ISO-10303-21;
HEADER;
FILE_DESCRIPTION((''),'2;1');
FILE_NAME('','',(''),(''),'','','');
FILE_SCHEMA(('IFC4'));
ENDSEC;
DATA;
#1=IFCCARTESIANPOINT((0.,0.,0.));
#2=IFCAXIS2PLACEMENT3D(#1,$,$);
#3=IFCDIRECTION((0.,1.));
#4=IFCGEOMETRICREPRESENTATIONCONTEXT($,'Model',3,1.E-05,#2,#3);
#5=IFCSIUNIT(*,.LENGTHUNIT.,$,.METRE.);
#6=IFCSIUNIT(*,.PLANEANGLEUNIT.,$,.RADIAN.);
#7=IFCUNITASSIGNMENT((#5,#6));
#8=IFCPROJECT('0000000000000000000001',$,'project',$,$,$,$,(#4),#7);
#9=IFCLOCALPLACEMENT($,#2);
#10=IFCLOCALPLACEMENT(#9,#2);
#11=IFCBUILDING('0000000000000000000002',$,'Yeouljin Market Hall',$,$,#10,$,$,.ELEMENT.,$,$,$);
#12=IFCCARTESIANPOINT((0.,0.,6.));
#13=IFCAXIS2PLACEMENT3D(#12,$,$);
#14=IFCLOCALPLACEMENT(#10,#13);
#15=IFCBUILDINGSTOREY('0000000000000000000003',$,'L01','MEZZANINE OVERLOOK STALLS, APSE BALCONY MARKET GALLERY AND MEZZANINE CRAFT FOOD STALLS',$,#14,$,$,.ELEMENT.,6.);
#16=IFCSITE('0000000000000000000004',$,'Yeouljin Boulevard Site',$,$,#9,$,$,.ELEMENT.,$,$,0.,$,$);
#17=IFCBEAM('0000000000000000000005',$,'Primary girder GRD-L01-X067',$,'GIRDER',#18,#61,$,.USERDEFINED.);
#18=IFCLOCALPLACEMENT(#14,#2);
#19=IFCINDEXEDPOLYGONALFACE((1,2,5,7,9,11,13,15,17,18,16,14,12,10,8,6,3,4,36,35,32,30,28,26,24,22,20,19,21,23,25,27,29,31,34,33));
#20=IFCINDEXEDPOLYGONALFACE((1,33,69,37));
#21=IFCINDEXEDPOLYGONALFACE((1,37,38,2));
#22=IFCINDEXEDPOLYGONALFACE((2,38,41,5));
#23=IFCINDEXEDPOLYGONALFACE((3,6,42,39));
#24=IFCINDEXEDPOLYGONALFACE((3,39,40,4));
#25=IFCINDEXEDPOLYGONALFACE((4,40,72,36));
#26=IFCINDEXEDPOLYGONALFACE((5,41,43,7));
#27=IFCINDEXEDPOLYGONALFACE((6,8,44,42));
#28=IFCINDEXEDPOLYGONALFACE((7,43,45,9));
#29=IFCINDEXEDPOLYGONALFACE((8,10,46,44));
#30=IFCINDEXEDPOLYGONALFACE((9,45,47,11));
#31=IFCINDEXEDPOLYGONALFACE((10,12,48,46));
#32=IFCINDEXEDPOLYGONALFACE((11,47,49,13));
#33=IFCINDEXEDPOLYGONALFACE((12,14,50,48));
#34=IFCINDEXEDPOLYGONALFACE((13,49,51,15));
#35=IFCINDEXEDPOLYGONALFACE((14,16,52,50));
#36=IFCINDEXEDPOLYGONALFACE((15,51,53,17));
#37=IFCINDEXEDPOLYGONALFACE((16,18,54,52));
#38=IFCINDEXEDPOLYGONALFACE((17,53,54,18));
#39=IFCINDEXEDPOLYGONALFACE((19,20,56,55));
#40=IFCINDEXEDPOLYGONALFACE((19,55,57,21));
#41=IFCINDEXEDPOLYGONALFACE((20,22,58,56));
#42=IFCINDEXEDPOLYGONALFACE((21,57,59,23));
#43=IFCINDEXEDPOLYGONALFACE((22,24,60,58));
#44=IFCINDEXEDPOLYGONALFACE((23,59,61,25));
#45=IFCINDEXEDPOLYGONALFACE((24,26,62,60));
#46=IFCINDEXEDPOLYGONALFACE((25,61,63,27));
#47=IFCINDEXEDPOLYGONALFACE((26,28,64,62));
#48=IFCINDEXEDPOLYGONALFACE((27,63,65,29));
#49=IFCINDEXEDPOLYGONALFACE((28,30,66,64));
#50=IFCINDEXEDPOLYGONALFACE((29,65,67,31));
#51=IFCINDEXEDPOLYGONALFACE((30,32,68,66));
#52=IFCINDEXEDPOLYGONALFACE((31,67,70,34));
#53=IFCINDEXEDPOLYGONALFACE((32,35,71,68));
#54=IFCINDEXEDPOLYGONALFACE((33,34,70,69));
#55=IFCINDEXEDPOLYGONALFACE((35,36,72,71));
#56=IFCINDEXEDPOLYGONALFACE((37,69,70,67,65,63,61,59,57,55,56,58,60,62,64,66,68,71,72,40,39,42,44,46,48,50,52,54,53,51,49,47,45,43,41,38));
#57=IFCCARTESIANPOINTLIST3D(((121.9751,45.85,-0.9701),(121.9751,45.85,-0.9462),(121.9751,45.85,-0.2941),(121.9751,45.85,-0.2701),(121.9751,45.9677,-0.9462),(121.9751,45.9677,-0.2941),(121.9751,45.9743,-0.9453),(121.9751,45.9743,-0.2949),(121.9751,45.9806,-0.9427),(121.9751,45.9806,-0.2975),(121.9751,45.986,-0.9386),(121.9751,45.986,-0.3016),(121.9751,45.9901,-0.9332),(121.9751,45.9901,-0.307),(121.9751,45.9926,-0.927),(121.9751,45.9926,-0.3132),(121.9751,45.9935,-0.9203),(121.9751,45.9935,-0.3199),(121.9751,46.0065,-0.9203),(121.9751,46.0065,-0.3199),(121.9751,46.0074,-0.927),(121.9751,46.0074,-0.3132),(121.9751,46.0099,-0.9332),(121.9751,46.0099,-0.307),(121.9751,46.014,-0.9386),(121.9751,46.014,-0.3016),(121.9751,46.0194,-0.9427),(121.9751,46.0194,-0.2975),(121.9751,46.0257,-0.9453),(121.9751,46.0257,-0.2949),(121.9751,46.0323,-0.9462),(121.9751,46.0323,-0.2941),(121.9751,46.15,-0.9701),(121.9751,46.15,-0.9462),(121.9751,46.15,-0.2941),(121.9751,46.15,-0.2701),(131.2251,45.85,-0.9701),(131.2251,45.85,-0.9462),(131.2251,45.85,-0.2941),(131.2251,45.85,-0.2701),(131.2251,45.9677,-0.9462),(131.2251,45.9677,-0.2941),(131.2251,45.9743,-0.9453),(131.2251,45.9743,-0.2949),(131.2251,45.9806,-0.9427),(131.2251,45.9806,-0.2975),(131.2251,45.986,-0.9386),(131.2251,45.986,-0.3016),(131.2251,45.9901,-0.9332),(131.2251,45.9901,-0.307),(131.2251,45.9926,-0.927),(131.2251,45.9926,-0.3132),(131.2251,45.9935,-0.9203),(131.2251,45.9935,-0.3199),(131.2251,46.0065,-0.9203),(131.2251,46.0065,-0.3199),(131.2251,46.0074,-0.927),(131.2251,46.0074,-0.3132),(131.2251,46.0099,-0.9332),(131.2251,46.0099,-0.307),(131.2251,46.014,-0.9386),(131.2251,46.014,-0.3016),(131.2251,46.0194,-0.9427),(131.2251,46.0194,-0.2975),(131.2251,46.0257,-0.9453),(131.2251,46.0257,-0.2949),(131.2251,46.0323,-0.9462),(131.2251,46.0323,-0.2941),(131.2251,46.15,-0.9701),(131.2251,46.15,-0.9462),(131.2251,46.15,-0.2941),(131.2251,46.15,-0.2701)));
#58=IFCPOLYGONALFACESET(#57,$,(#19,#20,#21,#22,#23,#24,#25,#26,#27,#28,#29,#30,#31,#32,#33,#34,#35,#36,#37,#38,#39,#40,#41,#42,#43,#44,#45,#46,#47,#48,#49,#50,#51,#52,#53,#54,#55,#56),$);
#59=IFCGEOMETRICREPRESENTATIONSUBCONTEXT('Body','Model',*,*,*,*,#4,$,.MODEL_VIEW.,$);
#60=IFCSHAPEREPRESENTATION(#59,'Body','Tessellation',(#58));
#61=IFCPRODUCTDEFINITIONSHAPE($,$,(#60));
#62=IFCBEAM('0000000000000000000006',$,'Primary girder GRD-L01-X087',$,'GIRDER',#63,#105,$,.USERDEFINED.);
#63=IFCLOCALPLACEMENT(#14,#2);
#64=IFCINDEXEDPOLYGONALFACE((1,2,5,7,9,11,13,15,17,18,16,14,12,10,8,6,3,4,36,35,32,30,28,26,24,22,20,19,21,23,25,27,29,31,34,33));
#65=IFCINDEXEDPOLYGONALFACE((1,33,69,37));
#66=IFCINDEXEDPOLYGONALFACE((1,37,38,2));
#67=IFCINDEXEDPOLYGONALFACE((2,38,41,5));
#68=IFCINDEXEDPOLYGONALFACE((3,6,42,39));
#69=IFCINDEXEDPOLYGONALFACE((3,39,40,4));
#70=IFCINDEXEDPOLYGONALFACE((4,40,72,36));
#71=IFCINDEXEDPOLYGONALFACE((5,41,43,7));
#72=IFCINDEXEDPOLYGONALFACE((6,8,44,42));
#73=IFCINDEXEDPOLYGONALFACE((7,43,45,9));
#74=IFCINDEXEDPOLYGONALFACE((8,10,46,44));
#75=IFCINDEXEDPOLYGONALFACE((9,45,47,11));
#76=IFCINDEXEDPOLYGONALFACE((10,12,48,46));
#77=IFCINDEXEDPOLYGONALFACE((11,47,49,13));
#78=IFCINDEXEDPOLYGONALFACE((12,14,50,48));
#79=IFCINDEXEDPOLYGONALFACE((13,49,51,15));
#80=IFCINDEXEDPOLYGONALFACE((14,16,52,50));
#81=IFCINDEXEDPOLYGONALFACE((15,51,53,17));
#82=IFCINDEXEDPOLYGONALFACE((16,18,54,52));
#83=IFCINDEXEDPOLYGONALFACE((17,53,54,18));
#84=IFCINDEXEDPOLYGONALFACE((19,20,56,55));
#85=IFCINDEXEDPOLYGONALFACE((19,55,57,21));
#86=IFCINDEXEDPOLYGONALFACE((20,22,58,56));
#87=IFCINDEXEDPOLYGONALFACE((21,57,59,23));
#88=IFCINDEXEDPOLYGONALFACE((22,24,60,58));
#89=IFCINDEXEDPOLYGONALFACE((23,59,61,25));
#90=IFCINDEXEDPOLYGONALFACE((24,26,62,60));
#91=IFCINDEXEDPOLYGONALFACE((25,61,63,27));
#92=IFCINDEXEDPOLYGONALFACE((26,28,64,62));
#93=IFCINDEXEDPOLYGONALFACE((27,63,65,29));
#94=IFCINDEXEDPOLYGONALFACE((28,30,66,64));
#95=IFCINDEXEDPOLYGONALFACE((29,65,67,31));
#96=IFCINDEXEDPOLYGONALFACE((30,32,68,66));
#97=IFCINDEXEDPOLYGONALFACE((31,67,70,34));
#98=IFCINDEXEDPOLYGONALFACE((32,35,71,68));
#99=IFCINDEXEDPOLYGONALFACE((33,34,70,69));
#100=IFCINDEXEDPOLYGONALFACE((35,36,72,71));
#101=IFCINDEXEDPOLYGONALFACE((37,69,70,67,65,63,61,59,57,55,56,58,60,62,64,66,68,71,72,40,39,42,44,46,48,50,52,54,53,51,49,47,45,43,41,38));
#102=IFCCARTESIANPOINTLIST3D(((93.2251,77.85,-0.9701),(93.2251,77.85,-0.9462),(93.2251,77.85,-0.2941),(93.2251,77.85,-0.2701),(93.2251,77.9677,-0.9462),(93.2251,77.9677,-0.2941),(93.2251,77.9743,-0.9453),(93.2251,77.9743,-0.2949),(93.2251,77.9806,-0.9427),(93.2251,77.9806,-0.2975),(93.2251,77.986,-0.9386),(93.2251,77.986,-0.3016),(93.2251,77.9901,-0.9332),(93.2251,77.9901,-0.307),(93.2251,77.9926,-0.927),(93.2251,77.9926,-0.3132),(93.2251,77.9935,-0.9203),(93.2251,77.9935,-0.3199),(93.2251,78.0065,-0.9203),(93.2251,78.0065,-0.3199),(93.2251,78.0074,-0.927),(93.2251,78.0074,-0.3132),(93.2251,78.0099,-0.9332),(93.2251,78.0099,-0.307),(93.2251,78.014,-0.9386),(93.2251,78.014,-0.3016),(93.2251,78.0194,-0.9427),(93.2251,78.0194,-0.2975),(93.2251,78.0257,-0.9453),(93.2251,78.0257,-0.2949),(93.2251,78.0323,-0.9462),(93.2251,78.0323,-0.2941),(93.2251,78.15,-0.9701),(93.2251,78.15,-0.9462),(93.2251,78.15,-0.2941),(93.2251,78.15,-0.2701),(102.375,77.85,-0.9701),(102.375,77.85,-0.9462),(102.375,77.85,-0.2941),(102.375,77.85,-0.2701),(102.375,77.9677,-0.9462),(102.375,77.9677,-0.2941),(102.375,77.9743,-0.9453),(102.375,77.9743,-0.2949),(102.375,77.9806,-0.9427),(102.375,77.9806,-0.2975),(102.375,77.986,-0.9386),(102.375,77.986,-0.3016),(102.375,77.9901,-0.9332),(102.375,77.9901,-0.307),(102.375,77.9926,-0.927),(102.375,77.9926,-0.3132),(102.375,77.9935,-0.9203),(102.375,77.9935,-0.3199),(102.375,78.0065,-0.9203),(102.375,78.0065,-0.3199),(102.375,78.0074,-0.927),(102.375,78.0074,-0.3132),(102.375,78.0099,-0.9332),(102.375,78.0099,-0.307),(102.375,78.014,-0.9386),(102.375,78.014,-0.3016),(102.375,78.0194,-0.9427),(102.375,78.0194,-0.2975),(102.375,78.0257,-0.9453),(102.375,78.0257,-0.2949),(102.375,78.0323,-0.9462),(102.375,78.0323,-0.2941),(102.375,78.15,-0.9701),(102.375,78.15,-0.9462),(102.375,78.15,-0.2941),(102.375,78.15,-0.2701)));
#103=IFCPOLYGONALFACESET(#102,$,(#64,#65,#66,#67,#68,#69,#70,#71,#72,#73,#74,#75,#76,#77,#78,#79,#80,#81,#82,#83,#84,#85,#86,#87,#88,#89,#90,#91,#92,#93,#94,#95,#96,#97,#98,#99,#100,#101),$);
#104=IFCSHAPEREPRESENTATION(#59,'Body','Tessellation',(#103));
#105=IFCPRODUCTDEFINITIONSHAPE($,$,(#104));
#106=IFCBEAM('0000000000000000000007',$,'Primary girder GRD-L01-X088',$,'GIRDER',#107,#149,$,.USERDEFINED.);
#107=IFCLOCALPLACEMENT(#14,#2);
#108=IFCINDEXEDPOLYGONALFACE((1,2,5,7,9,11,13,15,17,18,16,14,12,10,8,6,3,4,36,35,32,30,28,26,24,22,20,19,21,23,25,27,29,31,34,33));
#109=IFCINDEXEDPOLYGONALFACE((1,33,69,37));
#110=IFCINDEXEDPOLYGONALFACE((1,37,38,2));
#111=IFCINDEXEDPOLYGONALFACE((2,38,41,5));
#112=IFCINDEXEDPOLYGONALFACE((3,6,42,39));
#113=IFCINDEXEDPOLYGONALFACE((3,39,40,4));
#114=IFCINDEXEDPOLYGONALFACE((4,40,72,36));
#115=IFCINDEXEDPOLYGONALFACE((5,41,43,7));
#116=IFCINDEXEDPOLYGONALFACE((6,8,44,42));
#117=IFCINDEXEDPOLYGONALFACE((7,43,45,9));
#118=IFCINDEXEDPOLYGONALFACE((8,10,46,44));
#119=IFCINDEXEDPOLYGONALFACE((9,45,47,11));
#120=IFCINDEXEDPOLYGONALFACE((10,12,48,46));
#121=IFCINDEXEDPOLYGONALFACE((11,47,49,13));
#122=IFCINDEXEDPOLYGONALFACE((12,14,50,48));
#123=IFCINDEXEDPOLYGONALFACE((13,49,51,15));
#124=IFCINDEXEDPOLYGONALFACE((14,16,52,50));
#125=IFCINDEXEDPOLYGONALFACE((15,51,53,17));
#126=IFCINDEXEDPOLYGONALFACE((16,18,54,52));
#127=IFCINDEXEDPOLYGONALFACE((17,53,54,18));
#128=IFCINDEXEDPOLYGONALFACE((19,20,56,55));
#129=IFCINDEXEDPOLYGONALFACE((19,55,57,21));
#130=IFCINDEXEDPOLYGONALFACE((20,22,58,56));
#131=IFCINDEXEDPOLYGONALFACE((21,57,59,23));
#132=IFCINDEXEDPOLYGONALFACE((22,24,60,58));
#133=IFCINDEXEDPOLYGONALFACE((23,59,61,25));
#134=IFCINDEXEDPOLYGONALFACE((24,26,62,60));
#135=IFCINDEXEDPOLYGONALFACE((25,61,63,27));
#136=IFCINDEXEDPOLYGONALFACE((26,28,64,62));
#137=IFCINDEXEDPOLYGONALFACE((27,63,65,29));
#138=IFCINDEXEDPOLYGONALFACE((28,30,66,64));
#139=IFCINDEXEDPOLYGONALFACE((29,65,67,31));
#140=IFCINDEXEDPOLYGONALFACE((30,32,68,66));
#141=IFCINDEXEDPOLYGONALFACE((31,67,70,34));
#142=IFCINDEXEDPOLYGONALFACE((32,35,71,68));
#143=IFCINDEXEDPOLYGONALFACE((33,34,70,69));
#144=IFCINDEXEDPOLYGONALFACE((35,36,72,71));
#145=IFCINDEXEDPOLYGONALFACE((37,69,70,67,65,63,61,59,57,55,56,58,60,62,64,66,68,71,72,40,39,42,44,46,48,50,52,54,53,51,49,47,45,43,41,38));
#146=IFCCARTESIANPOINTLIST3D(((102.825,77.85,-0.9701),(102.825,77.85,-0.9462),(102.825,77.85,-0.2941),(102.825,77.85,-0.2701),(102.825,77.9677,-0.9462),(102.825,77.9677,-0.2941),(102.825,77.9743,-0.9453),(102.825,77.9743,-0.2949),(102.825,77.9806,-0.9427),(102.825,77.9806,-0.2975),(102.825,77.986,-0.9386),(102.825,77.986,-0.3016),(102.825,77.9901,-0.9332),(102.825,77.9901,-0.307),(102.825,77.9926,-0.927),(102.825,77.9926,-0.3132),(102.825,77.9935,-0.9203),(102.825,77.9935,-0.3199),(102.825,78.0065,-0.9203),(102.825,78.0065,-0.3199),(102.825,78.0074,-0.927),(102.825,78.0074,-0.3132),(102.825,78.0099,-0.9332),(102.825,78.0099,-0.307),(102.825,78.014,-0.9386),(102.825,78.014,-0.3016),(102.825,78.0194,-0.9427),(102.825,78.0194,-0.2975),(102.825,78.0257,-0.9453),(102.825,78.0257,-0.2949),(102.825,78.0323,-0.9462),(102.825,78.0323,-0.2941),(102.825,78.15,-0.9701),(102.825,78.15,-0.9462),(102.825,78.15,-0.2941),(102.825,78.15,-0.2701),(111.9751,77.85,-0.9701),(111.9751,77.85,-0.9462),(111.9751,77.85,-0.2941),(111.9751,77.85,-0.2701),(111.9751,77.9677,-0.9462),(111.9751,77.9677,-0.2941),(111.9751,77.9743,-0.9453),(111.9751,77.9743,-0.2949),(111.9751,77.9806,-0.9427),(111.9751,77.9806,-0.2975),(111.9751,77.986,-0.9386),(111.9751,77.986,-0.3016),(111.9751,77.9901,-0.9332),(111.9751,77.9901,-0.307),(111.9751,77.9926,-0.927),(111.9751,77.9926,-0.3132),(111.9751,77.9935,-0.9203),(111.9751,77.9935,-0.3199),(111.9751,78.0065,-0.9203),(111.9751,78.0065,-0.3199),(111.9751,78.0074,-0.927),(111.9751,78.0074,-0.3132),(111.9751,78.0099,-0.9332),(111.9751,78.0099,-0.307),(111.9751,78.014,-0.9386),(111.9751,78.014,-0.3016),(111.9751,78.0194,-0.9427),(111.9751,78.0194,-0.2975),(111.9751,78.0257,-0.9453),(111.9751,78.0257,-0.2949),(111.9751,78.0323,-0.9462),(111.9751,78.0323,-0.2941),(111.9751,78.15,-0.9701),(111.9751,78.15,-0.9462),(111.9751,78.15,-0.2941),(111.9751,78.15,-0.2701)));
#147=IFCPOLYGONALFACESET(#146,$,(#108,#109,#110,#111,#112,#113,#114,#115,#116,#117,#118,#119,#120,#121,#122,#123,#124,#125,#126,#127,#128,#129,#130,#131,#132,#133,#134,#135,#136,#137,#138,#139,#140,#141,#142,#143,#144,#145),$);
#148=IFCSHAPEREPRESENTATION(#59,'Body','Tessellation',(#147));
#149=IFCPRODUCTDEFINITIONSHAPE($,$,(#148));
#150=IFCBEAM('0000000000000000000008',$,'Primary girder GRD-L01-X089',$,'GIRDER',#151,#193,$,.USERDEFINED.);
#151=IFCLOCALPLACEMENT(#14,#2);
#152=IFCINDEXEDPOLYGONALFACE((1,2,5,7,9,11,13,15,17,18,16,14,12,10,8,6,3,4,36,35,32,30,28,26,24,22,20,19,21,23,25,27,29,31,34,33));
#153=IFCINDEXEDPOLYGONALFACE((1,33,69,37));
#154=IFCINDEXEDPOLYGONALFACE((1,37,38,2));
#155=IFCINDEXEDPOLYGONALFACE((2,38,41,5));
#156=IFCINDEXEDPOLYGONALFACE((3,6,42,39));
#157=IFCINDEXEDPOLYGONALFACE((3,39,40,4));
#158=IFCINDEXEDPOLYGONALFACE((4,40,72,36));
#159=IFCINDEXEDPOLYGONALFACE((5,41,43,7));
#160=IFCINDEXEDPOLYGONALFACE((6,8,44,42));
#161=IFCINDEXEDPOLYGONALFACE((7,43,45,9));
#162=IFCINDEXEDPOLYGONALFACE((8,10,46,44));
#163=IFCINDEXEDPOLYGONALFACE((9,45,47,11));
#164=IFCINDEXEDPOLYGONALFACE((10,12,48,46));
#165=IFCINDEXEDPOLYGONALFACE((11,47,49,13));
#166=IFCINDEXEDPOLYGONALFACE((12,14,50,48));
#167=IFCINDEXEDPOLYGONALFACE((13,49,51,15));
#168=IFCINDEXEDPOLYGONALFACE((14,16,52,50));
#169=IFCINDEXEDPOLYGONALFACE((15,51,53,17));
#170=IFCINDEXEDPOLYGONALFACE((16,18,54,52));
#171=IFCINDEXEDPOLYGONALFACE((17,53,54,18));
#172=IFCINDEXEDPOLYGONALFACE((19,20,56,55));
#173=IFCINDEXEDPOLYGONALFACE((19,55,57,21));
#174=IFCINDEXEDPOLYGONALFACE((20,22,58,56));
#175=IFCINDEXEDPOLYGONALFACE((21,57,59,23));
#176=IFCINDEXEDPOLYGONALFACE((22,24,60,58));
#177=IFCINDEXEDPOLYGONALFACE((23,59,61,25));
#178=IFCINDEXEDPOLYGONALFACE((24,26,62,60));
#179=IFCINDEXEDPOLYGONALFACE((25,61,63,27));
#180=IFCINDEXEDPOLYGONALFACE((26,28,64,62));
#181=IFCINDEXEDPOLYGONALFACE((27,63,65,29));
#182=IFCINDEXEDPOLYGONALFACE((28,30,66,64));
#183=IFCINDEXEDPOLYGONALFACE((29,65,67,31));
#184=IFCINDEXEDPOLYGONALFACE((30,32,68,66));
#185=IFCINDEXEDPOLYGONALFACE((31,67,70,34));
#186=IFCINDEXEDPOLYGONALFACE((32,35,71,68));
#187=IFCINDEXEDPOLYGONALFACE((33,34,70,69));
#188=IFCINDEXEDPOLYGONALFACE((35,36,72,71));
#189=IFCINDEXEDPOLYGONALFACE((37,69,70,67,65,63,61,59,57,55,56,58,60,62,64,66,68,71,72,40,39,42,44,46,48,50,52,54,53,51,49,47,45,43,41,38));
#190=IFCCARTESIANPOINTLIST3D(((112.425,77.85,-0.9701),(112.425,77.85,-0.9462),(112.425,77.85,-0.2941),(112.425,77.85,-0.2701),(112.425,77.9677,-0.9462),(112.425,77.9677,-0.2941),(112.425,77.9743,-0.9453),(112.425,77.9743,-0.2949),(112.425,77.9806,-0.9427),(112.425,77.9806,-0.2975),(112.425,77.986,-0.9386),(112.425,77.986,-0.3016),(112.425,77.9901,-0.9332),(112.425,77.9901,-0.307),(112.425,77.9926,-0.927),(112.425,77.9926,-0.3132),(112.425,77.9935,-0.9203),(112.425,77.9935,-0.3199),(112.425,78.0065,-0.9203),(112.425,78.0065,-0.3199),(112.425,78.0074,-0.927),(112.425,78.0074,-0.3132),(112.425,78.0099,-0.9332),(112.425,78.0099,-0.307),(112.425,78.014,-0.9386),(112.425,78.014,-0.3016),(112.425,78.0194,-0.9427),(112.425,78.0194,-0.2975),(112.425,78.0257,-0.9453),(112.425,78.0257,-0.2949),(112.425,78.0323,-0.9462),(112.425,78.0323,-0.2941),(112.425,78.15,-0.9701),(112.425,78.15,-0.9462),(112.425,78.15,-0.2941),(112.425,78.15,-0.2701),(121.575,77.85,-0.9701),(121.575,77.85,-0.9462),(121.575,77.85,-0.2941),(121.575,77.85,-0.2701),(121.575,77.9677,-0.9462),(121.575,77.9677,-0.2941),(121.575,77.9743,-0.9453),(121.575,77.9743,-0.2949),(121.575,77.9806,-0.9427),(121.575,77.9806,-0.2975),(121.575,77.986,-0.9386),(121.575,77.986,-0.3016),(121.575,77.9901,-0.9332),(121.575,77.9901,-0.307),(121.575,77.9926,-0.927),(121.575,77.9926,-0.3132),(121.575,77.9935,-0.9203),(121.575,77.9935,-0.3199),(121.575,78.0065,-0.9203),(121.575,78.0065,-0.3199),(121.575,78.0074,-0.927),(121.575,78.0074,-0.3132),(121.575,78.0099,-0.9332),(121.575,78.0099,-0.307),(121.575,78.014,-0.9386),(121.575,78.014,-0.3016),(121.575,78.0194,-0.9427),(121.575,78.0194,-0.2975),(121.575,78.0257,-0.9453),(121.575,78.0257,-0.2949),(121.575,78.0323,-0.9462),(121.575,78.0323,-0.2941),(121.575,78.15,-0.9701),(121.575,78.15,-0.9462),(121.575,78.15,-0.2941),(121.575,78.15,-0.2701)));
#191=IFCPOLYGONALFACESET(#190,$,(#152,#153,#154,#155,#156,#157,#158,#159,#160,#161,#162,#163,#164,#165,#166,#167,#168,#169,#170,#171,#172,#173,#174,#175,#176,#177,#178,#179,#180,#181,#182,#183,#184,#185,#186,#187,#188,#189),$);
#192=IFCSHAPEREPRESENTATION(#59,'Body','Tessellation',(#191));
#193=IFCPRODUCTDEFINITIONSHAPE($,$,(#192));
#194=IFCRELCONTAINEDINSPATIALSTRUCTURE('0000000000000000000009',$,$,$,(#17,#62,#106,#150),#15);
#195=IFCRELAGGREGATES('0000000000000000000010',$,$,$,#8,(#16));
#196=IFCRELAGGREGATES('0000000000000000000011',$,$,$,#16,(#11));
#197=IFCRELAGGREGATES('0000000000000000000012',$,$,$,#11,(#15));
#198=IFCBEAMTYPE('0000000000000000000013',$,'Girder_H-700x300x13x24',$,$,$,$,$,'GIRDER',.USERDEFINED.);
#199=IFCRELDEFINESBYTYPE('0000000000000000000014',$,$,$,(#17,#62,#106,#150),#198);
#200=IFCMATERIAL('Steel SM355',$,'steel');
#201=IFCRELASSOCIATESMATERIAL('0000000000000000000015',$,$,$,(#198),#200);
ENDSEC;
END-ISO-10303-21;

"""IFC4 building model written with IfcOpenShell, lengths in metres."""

from ifc_helpers import new_model, si_unit, direction, frame, origin, origin_2d, place, context, subcontext, project, spatial, i_section, extrude, material, material_profile, profile_set, type_object, element, save


model = new_model("IFC4")

# Units and contexts
model_context = context("Model", 3, precision=1e-05, world=origin(), true_north=direction((0.0, 1.0)))
body_context = subcontext(model_context, "Body", "Model", "MODEL_VIEW")
ifc_project = project(units=[si_unit("LENGTHUNIT", "METRE"), si_unit("PLANEANGLEUNIT", "RADIAN")], contexts=[model_context])

# Site, building, storey
site_placement = place(None, origin())
site = spatial("IfcSite", under=ifc_project, at=site_placement, Name="Yeouljin Boulevard Site", CompositionType="ELEMENT", RefElevation=0.0)
building_placement = place(site_placement, origin())
building = spatial("IfcBuilding", under=site, at=building_placement, Name="Yeouljin Market Hall", CompositionType="ELEMENT")
storey_placement = place(building_placement, frame((0.0, 0.0, 6.0)))
storey = spatial("IfcBuildingStorey", under=building, at=storey_placement, Name="L01", Description="MEZZANINE OVERLOOK STALLS, APSE BALCONY MARKET GALLERY AND MEZZANINE CRAFT FOOD STALLS", CompositionType="ELEMENT", Elevation=6.0)

# Beams
ifc_material_1 = material(Name="Steel SM355", Category="steel")
ifc_material_profile_1 = material_profile(ifc_material_1, i_section(OverallWidth=0.3, OverallDepth=0.7, WebThickness=0.0129, FlangeThickness=0.0239, FilletRadius=0.0259, at=origin_2d()), Name="H-700x300x13x24")
ifc_profile_set_1 = profile_set([ifc_material_profile_1], Name="Steel SM355")
beam_type_1 = type_object("IfcBeamType", Name="Girder_H-700x300x13x24", ElementType="GIRDER", PredefinedType="USERDEFINED", material=ifc_profile_set_1)
beam_1_placement = place(storey_placement, frame((121.9751, 46.0, -0.6201), z_axis=(1.0, 0.0, 0.0), x_axis=(0.0, 1.0, 0.0)))
element("IfcBeam", 1, at=beam_1_placement, inside=storey, type_object=beam_type_1, Name="Primary girder GRD-L01-X067", ObjectType="GIRDER", PredefinedType="USERDEFINED", context=body_context, shape_type="SweptSolid", body=[
    extrude(i_section(OverallWidth=0.3, OverallDepth=0.7, WebThickness=0.0129, FlangeThickness=0.0239, FilletRadius=0.0259, at=origin_2d()), origin(), (0.0, 0.0, 1.0), 9.25),
])
beam_2_placement = place(storey_placement, frame((93.2251, 78.0, -0.6201), z_axis=(1.0, 0.0, 0.0), x_axis=(0.0, 1.0, 0.0)))
element("IfcBeam", 2, at=beam_2_placement, inside=storey, type_object=beam_type_1, Name="Primary girder GRD-L01-X087", ObjectType="GIRDER", PredefinedType="USERDEFINED", context=body_context, shape_type="SweptSolid", body=[
    extrude(i_section(OverallWidth=0.3, OverallDepth=0.7, WebThickness=0.0129, FlangeThickness=0.0239, FilletRadius=0.0259, at=origin_2d()), origin(), (0.0, 0.0, 1.0), 9.1499),
])
beam_3_placement = place(storey_placement, frame((102.825, 78.0, -0.6201), z_axis=(1.0, 0.0, 0.0), x_axis=(0.0, 1.0, 0.0)))
element("IfcBeam", 3, at=beam_3_placement, inside=storey, type_object=beam_type_1, Name="Primary girder GRD-L01-X088", ObjectType="GIRDER", PredefinedType="USERDEFINED", context=body_context, shape_type="SweptSolid", body=[
    extrude(i_section(OverallWidth=0.3, OverallDepth=0.7, WebThickness=0.0129, FlangeThickness=0.0239, FilletRadius=0.0259, at=origin_2d()), origin(), (0.0, 0.0, 1.0), 9.1501),
])
beam_4_placement = place(storey_placement, frame((112.425, 78.0, -0.6201), z_axis=(1.0, 0.0, 0.0), x_axis=(0.0, 1.0, 0.0)))
element("IfcBeam", 4, at=beam_4_placement, inside=storey, type_object=beam_type_1, Name="Primary girder GRD-L01-X089", ObjectType="GIRDER", PredefinedType="USERDEFINED", context=body_context, shape_type="SweptSolid", body=[
    extrude(i_section(OverallWidth=0.3, OverallDepth=0.7, WebThickness=0.0129, FlangeThickness=0.0239, FilletRadius=0.0259, at=origin_2d()), origin(), (0.0, 0.0, 1.0), 9.1499),
])

save(model, "model.ifc")
